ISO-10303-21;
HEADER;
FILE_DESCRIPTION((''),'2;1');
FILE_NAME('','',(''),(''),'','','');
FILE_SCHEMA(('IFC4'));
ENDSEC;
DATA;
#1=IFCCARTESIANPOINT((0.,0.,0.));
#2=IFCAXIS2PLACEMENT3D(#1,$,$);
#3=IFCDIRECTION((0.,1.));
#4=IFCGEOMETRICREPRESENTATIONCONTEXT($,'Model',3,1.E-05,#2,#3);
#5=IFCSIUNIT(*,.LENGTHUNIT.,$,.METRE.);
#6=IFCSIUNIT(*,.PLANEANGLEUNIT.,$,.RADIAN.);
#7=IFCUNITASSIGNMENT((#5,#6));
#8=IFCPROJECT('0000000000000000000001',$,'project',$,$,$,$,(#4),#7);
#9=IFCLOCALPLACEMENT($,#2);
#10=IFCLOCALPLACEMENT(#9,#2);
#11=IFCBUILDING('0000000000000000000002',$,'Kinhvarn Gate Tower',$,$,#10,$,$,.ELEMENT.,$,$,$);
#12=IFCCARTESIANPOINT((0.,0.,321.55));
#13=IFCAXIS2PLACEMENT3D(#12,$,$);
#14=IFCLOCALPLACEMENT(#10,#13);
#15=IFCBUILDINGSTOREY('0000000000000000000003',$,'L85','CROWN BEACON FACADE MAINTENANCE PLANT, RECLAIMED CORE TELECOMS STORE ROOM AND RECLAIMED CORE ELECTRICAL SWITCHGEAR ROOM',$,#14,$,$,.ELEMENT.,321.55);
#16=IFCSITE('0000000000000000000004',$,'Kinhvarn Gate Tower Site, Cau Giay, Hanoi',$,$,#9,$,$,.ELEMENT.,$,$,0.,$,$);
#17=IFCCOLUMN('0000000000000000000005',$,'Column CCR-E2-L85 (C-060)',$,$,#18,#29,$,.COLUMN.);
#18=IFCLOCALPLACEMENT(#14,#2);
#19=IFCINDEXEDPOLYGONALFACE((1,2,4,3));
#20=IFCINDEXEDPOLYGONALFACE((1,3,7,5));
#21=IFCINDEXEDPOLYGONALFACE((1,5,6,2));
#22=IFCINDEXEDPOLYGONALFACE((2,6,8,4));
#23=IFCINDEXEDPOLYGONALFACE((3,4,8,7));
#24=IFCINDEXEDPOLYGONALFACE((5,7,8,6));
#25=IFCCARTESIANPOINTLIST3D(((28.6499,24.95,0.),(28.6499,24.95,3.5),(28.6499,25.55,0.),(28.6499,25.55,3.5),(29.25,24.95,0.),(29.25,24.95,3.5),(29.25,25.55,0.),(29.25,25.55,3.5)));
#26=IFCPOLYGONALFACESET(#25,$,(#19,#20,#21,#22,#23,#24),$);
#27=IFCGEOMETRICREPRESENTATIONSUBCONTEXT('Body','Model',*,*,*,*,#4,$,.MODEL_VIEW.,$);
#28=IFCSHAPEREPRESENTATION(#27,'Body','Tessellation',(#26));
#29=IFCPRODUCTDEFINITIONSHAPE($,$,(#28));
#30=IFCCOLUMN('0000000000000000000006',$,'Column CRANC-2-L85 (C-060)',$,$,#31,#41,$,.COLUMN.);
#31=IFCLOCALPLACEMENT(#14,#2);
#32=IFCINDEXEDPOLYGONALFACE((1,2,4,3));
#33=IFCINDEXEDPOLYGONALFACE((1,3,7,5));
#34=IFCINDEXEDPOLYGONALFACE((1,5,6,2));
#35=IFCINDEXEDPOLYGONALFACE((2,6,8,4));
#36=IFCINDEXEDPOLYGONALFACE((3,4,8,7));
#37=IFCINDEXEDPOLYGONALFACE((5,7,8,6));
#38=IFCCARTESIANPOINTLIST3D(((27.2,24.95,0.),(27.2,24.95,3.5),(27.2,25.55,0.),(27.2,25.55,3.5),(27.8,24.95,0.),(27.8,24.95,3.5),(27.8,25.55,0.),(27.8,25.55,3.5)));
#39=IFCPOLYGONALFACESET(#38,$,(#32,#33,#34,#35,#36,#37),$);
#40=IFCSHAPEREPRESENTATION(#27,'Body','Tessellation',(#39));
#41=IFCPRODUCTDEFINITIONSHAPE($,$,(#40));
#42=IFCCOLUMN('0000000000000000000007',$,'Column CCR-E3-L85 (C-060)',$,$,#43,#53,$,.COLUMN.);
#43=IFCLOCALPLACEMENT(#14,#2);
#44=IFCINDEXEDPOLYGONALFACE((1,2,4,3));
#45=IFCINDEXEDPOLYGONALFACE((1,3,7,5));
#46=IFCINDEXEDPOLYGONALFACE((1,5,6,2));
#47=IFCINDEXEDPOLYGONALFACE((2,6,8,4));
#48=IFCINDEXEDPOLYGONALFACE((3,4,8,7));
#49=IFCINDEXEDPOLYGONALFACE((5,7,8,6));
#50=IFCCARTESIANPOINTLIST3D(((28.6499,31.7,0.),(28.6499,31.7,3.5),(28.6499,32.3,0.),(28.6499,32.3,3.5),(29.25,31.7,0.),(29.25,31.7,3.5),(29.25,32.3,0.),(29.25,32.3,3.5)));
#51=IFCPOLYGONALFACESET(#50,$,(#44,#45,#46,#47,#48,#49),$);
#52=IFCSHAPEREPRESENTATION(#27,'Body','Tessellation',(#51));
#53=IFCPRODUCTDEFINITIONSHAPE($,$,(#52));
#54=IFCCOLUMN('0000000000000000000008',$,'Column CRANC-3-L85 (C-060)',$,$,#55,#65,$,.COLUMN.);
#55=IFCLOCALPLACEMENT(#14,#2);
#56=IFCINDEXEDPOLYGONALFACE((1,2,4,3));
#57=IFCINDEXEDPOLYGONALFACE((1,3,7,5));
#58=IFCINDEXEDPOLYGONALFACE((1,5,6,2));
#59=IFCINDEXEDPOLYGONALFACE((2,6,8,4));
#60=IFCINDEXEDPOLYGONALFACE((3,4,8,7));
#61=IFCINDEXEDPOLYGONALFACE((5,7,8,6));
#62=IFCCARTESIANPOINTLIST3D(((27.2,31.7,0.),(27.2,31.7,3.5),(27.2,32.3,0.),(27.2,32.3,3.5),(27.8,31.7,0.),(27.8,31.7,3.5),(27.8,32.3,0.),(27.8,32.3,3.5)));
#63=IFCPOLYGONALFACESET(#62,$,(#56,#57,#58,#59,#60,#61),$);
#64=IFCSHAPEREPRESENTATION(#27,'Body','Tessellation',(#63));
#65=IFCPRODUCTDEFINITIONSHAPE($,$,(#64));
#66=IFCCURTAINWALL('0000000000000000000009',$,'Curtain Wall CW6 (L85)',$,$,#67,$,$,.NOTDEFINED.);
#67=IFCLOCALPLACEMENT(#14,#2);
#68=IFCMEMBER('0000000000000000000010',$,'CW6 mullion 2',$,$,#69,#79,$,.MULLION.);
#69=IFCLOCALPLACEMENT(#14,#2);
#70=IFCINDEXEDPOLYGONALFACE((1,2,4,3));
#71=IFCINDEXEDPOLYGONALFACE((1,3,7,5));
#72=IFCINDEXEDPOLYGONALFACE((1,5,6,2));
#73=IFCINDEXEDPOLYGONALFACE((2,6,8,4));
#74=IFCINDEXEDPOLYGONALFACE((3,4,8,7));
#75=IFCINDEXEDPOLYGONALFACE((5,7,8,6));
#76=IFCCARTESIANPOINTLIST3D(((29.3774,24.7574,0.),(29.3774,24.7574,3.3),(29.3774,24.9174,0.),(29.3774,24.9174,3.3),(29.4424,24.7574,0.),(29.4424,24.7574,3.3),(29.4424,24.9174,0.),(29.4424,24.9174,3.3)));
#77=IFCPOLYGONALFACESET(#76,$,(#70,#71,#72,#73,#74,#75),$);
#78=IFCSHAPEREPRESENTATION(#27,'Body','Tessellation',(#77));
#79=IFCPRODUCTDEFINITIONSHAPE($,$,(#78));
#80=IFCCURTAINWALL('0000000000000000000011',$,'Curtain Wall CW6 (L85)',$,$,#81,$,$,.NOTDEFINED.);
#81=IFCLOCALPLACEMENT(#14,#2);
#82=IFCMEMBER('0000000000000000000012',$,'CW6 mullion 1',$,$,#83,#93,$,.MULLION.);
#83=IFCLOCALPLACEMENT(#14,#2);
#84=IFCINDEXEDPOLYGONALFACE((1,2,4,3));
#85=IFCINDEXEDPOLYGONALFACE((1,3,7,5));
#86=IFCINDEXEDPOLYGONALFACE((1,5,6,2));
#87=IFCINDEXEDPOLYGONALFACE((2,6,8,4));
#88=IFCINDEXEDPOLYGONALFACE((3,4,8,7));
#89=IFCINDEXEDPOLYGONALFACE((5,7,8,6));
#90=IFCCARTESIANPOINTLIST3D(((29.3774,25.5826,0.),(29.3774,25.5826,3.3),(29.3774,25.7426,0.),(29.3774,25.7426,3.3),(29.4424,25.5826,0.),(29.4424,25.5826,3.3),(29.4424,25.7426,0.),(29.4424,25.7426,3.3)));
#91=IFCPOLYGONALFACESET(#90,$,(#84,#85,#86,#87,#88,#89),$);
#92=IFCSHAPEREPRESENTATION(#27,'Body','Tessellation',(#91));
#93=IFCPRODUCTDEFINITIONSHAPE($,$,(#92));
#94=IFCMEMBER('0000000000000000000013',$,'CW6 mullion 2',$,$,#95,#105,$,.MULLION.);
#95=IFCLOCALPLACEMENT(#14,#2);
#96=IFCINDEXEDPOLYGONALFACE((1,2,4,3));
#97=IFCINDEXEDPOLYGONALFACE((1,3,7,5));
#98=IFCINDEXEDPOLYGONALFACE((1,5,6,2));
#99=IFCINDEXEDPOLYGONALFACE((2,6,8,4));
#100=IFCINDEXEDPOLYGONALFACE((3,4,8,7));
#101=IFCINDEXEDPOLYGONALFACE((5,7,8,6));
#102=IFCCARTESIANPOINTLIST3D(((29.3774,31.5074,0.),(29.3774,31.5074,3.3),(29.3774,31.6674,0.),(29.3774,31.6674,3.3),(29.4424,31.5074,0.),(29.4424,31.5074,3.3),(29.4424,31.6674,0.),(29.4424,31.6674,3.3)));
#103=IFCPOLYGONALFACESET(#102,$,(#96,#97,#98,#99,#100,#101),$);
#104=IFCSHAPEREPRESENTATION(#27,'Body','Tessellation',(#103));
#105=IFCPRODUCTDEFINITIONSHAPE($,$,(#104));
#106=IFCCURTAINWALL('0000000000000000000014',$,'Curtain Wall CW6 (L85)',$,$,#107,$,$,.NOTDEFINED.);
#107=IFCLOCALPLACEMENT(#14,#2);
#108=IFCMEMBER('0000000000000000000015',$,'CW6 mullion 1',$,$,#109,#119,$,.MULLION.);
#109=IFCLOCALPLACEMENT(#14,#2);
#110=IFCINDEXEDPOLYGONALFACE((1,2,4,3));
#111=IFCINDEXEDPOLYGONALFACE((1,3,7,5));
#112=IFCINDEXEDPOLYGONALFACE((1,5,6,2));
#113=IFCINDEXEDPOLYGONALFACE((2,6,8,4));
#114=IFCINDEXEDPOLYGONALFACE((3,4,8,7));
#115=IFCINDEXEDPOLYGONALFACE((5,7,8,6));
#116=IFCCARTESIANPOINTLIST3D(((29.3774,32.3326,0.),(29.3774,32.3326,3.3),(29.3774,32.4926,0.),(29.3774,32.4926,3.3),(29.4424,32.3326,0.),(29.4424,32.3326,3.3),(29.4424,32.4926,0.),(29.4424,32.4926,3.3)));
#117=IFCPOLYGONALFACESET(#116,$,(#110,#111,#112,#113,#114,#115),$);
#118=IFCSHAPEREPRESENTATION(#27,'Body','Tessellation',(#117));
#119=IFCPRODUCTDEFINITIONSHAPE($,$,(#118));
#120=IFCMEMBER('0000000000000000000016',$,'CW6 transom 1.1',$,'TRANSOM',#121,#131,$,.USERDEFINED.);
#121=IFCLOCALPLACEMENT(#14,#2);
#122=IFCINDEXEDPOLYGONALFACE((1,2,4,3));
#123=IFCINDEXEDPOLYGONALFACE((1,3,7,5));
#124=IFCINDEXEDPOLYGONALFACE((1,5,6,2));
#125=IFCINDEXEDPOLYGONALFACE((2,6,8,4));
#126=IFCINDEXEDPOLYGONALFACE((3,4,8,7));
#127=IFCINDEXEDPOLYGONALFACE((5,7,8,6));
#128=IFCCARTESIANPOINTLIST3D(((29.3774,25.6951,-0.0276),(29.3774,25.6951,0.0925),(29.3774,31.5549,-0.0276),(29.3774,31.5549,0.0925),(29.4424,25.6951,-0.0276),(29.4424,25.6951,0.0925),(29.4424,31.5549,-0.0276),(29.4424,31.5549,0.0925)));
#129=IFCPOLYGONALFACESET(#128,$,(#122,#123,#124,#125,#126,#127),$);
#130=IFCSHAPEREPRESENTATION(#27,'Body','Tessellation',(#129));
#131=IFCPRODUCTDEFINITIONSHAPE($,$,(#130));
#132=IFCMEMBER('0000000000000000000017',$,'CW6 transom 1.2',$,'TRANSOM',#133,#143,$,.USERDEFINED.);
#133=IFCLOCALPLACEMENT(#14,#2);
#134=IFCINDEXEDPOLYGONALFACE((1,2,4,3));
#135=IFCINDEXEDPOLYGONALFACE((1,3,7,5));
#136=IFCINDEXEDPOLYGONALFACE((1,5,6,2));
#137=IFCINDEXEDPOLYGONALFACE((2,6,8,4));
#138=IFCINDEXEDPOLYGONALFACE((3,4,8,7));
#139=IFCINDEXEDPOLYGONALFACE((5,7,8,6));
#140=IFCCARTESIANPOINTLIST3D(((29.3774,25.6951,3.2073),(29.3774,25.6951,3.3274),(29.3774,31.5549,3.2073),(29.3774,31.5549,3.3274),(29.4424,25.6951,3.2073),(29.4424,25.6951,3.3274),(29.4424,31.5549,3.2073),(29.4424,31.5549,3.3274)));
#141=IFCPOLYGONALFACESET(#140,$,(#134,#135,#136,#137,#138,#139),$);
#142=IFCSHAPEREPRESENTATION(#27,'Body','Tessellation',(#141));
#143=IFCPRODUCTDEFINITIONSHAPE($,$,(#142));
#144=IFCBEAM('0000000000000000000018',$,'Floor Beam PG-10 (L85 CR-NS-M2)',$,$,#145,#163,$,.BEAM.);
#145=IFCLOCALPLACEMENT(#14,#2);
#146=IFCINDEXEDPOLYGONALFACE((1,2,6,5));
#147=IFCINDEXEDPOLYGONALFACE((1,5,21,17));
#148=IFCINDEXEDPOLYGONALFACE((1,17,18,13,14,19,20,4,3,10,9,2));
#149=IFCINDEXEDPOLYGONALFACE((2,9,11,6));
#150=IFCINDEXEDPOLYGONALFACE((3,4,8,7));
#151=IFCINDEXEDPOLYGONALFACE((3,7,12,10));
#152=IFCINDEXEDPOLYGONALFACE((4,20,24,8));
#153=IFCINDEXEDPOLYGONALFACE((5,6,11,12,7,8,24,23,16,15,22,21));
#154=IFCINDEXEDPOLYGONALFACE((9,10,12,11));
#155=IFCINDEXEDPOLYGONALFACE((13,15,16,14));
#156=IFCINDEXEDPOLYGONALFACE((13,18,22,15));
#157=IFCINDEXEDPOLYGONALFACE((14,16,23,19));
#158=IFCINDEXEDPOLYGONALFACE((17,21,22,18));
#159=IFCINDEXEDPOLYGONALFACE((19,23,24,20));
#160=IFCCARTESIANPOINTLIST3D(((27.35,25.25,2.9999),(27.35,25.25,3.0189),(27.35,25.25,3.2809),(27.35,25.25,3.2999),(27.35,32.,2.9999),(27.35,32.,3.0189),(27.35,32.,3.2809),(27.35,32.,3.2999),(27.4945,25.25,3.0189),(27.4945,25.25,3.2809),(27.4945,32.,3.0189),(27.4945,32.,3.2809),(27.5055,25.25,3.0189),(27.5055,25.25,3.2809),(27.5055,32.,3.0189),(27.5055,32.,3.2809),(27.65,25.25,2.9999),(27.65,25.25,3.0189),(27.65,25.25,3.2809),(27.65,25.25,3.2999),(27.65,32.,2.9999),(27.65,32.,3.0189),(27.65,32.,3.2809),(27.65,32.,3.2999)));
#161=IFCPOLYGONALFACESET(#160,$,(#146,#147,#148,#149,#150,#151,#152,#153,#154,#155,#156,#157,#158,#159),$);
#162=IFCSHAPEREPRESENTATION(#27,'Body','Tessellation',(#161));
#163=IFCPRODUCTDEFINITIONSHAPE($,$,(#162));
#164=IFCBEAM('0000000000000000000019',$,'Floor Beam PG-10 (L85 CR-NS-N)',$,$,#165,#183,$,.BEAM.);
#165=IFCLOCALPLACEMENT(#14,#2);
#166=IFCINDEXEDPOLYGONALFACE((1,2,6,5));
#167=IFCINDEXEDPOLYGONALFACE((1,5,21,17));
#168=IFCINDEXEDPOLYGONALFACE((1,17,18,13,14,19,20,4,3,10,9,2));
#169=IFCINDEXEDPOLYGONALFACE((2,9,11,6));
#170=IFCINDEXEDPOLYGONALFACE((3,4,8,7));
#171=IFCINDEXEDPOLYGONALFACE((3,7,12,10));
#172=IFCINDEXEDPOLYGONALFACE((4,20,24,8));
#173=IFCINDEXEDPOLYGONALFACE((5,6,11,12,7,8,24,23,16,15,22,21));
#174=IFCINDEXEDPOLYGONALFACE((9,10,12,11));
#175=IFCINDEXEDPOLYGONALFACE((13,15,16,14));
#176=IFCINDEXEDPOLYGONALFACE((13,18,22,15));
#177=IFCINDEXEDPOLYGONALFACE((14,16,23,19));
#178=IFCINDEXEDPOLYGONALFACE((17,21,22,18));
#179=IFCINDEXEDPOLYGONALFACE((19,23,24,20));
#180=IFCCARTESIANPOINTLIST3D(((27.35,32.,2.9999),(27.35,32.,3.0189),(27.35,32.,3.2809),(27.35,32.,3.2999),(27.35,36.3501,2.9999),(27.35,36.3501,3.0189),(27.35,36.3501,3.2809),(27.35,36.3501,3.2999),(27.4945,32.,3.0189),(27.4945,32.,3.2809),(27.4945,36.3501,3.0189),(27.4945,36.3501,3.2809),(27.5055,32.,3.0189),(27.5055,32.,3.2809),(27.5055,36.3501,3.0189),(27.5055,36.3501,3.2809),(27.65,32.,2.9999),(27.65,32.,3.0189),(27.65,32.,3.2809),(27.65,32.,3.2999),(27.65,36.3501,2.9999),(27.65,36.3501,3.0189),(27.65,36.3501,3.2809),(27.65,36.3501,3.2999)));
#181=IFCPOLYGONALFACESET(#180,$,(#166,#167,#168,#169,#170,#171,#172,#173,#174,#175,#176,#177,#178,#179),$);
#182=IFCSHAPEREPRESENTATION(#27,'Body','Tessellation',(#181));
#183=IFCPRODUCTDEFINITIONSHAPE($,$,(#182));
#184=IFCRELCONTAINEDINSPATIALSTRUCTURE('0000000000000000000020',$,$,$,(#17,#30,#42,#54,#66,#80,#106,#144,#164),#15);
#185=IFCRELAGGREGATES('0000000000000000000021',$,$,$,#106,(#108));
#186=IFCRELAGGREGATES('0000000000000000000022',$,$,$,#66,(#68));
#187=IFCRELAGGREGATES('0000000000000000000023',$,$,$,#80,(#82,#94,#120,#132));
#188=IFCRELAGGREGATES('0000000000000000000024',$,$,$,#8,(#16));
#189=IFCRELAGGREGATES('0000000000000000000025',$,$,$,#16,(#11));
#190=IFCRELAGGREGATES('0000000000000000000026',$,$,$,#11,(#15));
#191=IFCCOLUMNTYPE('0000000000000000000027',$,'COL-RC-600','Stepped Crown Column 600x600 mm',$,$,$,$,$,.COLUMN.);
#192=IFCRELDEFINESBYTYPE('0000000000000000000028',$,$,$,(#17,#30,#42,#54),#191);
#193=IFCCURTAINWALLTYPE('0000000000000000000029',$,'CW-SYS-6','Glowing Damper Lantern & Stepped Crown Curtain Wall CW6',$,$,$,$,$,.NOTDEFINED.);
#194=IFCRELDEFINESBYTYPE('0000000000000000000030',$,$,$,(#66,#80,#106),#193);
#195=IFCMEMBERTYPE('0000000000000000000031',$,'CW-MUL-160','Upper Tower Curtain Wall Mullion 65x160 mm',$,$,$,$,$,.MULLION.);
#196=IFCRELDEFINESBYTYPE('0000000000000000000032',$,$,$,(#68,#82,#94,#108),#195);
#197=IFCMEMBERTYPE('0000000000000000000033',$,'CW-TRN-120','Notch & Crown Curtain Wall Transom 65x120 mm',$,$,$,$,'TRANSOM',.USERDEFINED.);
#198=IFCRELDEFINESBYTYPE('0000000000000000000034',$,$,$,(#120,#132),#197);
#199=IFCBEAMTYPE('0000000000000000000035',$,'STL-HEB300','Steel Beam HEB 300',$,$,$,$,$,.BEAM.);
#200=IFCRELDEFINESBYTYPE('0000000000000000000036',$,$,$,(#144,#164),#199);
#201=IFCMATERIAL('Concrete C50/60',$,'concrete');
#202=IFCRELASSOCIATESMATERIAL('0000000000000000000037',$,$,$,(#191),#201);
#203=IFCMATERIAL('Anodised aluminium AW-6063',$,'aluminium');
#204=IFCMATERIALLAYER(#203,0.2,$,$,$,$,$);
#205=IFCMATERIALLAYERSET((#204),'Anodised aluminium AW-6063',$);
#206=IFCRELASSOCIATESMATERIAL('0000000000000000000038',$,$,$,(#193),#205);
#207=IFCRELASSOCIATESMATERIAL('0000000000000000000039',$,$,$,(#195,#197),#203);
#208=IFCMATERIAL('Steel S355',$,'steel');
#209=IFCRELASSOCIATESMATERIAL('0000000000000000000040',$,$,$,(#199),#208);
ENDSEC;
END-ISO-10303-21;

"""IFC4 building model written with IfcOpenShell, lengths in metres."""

from ifc_helpers import new_model, si_unit, direction, frame, origin, origin_2d, place, context, subcontext, project, spatial, rectangle, i_section, extrude, material, layer, layer_set, material_profile, profile_set, type_object, element, aggregate, save


model = new_model("IFC4")

# Units and contexts
model_context = context("Model", 3, precision=1e-05, world=origin(), true_north=direction((0.0, 1.0)))
body_context = subcontext(model_context, "Body", "Model", "MODEL_VIEW")
ifc_project = project(units=[si_unit("LENGTHUNIT", "METRE"), si_unit("PLANEANGLEUNIT", "RADIAN")], contexts=[model_context])

# Site, building, storey
site_placement = place(None, origin())
site = spatial("IfcSite", under=ifc_project, at=site_placement, Name="Kinhvarn Gate Tower Site, Cau Giay, Hanoi", CompositionType="ELEMENT", RefElevation=0.0)
building_placement = place(site_placement, origin())
building = spatial("IfcBuilding", under=site, at=building_placement, Name="Kinhvarn Gate Tower", CompositionType="ELEMENT")
storey_placement = place(building_placement, frame((0.0, 0.0, 321.55)))
storey = spatial("IfcBuildingStorey", under=building, at=storey_placement, Name="L85", Description="CROWN BEACON FACADE MAINTENANCE PLANT, RECLAIMED CORE TELECOMS STORE ROOM AND RECLAIMED CORE ELECTRICAL SWITCHGEAR ROOM", CompositionType="ELEMENT", Elevation=321.55)

# Columns
ifc_material_1 = material(Name="Concrete C50/60", Category="concrete")
ifc_material_profile_1 = material_profile(ifc_material_1, rectangle(XDim=0.6001, YDim=0.6001, at=origin_2d()), Name="RC 600x600")
ifc_profile_set_1 = profile_set([ifc_material_profile_1], Name="Concrete C50/60")
column_type = type_object("IfcColumnType", Name="COL-RC-600", Description="Stepped Crown Column 600x600 mm", PredefinedType="COLUMN", material=ifc_profile_set_1)
for number, where, z_axis, x_axis, name in (
    (1, (28.95, 25.25, 0.0), (0.0, 0.0, 1.0), (1.0, 0.0, 0.0), "Column CCR-E2-L85 (C-060)"),
    (2, (27.5, 25.25, 0.0), (0.0, 0.0, 1.0), (1.0, 0.0, 0.0), "Column CRANC-2-L85 (C-060)"),
    (3, (28.95, 32.0, 0.0), (0.0, 0.0, 1.0), (1.0, 0.0, 0.0), "Column CCR-E3-L85 (C-060)"),
    (4, (27.5, 32.0, 0.0), (0.0, 0.0, 1.0), (1.0, 0.0, 0.0), "Column CRANC-3-L85 (C-060)"),
):
    element("IfcColumn", number, at=place(storey_placement, frame(where, z_axis=z_axis, x_axis=x_axis)), inside=storey, type_object=column_type, Name=name, PredefinedType="COLUMN", context=body_context, shape_type="SweptSolid", body=[
        extrude(rectangle(XDim=0.6001, YDim=0.6001, at=origin_2d()), origin(), (0.0, 0.0, 1.0), 3.5),
    ])

# Curtain wall, member
ifc_material_2 = material(Name="Anodised aluminium AW-6063", Category="aluminium")
ifc_layer_1 = layer(ifc_material_2, 0.2)
ifc_layer_set_1 = layer_set([ifc_layer_1], Name="Anodised aluminium AW-6063")
curtain_wall_type = type_object("IfcCurtainWallType", Name="CW-SYS-6", Description="Glowing Damper Lantern & Stepped Crown Curtain Wall CW6", PredefinedType="NOTDEFINED", material=ifc_layer_set_1)
curtain_wall_1_placement = place(storey_placement, origin())
curtain_wall_1 = element("IfcCurtainWall", 5, at=curtain_wall_1_placement, inside=storey, type_object=curtain_wall_type, Name="Curtain Wall CW6 (L85)", PredefinedType="NOTDEFINED")
ifc_material_profile_2 = material_profile(ifc_material_2, rectangle(XDim=0.0649, YDim=0.1599, at=origin_2d()), Name="ALU 65x160")
ifc_profile_set_2 = profile_set([ifc_material_profile_2], Name="Anodised aluminium AW-6063")
member_type_1 = type_object("IfcMemberType", Name="CW-MUL-160", Description="Upper Tower Curtain Wall Mullion 65x160 mm", PredefinedType="MULLION", material=ifc_profile_set_2)
member_1_placement = place(storey_placement, frame((29.4099, 24.8374, 0.0), z_axis=(0.0, 0.0, 1.0), x_axis=(-1.0, 0.0, 0.0)))
member_1 = element("IfcMember", 6, at=member_1_placement, type_object=member_type_1, Name="CW6 mullion 2", PredefinedType="MULLION", context=body_context, shape_type="SweptSolid", body=[
    extrude(rectangle(XDim=0.0649, YDim=0.1599, at=origin_2d()), origin(), (0.0, 0.0, 1.0), 3.3),
])

# Curtain wall, members
curtain_wall_2_placement = place(storey_placement, origin())
curtain_wall_2 = element("IfcCurtainWall", 7, at=curtain_wall_2_placement, inside=storey, type_object=curtain_wall_type, Name="Curtain Wall CW6 (L85)", PredefinedType="NOTDEFINED")
member_2_placement = place(storey_placement, frame((29.4099, 25.6626, 0.0), z_axis=(0.0, 0.0, 1.0), x_axis=(-1.0, 0.0, 0.0)))
member_2 = element("IfcMember", 8, at=member_2_placement, type_object=member_type_1, Name="CW6 mullion 1", PredefinedType="MULLION", context=body_context, shape_type="SweptSolid", body=[
    extrude(rectangle(XDim=0.0649, YDim=0.1599, at=origin_2d()), origin(), (0.0, 0.0, 1.0), 3.3),
])
member_3_placement = place(storey_placement, frame((29.4099, 31.5874, 0.0), z_axis=(0.0, 0.0, 1.0), x_axis=(-1.0, 0.0, 0.0)))
member_3 = element("IfcMember", 9, at=member_3_placement, type_object=member_type_1, Name="CW6 mullion 2", PredefinedType="MULLION", context=body_context, shape_type="SweptSolid", body=[
    extrude(rectangle(XDim=0.0649, YDim=0.1599, at=origin_2d()), origin(), (0.0, 0.0, 1.0), 3.3),
])

# Curtain wall, member
curtain_wall_3_placement = place(storey_placement, origin())
curtain_wall_3 = element("IfcCurtainWall", 10, at=curtain_wall_3_placement, inside=storey, type_object=curtain_wall_type, Name="Curtain Wall CW6 (L85)", PredefinedType="NOTDEFINED")
member_4_placement = place(storey_placement, frame((29.4099, 32.4126, 0.0), z_axis=(0.0, 0.0, 1.0), x_axis=(-1.0, 0.0, 0.0)))
member_4 = element("IfcMember", 11, at=member_4_placement, type_object=member_type_1, Name="CW6 mullion 1", PredefinedType="MULLION", context=body_context, shape_type="SweptSolid", body=[
    extrude(rectangle(XDim=0.0649, YDim=0.1599, at=origin_2d()), origin(), (0.0, 0.0, 1.0), 3.3),
])
aggregate(curtain_wall_3, [member_4])

# Members
ifc_material_profile_3 = material_profile(ifc_material_2, rectangle(XDim=0.0649, YDim=0.1201, at=origin_2d()), Name="ALU 65x120")
ifc_profile_set_3 = profile_set([ifc_material_profile_3], Name="Anodised aluminium AW-6063")
member_type_2 = type_object("IfcMemberType", Name="CW-TRN-120", Description="Notch & Crown Curtain Wall Transom 65x120 mm", ElementType="TRANSOM", PredefinedType="USERDEFINED", material=ifc_profile_set_3)
member_5_placement = place(storey_placement, frame((29.4099, 25.6951, 0.0325), z_axis=(0.0, 1.0, 0.0), x_axis=(-1.0, 0.0, 0.0)))
member_5 = element("IfcMember", 12, at=member_5_placement, type_object=member_type_2, Name="CW6 transom 1.1", ObjectType="TRANSOM", PredefinedType="USERDEFINED", context=body_context, shape_type="SweptSolid", body=[
    extrude(rectangle(XDim=0.0649, YDim=0.1201, at=origin_2d()), origin(), (0.0, 0.0, 1.0), 5.8599),
])
member_6_placement = place(storey_placement, frame((29.4099, 25.6951, 3.2673), z_axis=(0.0, 1.0, 0.0), x_axis=(-1.0, 0.0, 0.0)))
member_6 = element("IfcMember", 13, at=member_6_placement, type_object=member_type_2, Name="CW6 transom 1.2", ObjectType="TRANSOM", PredefinedType="USERDEFINED", context=body_context, shape_type="SweptSolid", body=[
    extrude(rectangle(XDim=0.0649, YDim=0.1201, at=origin_2d()), origin(), (0.0, 0.0, 1.0), 5.8599),
])

# Beams
ifc_material_3 = material(Name="Steel S355", Category="steel")
ifc_material_profile_4 = material_profile(ifc_material_3, i_section(OverallWidth=0.3, OverallDepth=0.3, WebThickness=0.011, FlangeThickness=0.019, at=origin_2d()), Name="HEB 300")
ifc_profile_set_4 = profile_set([ifc_material_profile_4], Name="Steel S355")
beam_type_1 = type_object("IfcBeamType", Name="STL-HEB300", Description="Steel Beam HEB 300", PredefinedType="BEAM", material=ifc_profile_set_4)
beam_1_placement = place(storey_placement, frame((27.5, 25.25, 3.1499), z_axis=(0.0, 1.0, 0.0), x_axis=(-1.0, 0.0, 0.0)))
element("IfcBeam", 14, at=beam_1_placement, inside=storey, type_object=beam_type_1, Name="Floor Beam PG-10 (L85 CR-NS-M2)", PredefinedType="BEAM", context=body_context, shape_type="SweptSolid", body=[
    extrude(i_section(OverallWidth=0.3, OverallDepth=0.3, WebThickness=0.011, FlangeThickness=0.019, at=origin_2d()), origin(), (0.0, 0.0, 1.0), 6.75),
])
beam_2_placement = place(storey_placement, frame((27.5, 32.0, 3.1499), z_axis=(0.0, 1.0, 0.0), x_axis=(-1.0, 0.0, 0.0)))
element("IfcBeam", 15, at=beam_2_placement, inside=storey, type_object=beam_type_1, Name="Floor Beam PG-10 (L85 CR-NS-N)", PredefinedType="BEAM", context=body_context, shape_type="SweptSolid", body=[
    extrude(i_section(OverallWidth=0.3, OverallDepth=0.3, WebThickness=0.011, FlangeThickness=0.019, at=origin_2d()), origin(), (0.0, 0.0, 1.0), 4.3501),
])

aggregate(curtain_wall_1, [member_1])
aggregate(curtain_wall_2, [member_2, member_3, member_5, member_6])

save(model, "model.ifc")
